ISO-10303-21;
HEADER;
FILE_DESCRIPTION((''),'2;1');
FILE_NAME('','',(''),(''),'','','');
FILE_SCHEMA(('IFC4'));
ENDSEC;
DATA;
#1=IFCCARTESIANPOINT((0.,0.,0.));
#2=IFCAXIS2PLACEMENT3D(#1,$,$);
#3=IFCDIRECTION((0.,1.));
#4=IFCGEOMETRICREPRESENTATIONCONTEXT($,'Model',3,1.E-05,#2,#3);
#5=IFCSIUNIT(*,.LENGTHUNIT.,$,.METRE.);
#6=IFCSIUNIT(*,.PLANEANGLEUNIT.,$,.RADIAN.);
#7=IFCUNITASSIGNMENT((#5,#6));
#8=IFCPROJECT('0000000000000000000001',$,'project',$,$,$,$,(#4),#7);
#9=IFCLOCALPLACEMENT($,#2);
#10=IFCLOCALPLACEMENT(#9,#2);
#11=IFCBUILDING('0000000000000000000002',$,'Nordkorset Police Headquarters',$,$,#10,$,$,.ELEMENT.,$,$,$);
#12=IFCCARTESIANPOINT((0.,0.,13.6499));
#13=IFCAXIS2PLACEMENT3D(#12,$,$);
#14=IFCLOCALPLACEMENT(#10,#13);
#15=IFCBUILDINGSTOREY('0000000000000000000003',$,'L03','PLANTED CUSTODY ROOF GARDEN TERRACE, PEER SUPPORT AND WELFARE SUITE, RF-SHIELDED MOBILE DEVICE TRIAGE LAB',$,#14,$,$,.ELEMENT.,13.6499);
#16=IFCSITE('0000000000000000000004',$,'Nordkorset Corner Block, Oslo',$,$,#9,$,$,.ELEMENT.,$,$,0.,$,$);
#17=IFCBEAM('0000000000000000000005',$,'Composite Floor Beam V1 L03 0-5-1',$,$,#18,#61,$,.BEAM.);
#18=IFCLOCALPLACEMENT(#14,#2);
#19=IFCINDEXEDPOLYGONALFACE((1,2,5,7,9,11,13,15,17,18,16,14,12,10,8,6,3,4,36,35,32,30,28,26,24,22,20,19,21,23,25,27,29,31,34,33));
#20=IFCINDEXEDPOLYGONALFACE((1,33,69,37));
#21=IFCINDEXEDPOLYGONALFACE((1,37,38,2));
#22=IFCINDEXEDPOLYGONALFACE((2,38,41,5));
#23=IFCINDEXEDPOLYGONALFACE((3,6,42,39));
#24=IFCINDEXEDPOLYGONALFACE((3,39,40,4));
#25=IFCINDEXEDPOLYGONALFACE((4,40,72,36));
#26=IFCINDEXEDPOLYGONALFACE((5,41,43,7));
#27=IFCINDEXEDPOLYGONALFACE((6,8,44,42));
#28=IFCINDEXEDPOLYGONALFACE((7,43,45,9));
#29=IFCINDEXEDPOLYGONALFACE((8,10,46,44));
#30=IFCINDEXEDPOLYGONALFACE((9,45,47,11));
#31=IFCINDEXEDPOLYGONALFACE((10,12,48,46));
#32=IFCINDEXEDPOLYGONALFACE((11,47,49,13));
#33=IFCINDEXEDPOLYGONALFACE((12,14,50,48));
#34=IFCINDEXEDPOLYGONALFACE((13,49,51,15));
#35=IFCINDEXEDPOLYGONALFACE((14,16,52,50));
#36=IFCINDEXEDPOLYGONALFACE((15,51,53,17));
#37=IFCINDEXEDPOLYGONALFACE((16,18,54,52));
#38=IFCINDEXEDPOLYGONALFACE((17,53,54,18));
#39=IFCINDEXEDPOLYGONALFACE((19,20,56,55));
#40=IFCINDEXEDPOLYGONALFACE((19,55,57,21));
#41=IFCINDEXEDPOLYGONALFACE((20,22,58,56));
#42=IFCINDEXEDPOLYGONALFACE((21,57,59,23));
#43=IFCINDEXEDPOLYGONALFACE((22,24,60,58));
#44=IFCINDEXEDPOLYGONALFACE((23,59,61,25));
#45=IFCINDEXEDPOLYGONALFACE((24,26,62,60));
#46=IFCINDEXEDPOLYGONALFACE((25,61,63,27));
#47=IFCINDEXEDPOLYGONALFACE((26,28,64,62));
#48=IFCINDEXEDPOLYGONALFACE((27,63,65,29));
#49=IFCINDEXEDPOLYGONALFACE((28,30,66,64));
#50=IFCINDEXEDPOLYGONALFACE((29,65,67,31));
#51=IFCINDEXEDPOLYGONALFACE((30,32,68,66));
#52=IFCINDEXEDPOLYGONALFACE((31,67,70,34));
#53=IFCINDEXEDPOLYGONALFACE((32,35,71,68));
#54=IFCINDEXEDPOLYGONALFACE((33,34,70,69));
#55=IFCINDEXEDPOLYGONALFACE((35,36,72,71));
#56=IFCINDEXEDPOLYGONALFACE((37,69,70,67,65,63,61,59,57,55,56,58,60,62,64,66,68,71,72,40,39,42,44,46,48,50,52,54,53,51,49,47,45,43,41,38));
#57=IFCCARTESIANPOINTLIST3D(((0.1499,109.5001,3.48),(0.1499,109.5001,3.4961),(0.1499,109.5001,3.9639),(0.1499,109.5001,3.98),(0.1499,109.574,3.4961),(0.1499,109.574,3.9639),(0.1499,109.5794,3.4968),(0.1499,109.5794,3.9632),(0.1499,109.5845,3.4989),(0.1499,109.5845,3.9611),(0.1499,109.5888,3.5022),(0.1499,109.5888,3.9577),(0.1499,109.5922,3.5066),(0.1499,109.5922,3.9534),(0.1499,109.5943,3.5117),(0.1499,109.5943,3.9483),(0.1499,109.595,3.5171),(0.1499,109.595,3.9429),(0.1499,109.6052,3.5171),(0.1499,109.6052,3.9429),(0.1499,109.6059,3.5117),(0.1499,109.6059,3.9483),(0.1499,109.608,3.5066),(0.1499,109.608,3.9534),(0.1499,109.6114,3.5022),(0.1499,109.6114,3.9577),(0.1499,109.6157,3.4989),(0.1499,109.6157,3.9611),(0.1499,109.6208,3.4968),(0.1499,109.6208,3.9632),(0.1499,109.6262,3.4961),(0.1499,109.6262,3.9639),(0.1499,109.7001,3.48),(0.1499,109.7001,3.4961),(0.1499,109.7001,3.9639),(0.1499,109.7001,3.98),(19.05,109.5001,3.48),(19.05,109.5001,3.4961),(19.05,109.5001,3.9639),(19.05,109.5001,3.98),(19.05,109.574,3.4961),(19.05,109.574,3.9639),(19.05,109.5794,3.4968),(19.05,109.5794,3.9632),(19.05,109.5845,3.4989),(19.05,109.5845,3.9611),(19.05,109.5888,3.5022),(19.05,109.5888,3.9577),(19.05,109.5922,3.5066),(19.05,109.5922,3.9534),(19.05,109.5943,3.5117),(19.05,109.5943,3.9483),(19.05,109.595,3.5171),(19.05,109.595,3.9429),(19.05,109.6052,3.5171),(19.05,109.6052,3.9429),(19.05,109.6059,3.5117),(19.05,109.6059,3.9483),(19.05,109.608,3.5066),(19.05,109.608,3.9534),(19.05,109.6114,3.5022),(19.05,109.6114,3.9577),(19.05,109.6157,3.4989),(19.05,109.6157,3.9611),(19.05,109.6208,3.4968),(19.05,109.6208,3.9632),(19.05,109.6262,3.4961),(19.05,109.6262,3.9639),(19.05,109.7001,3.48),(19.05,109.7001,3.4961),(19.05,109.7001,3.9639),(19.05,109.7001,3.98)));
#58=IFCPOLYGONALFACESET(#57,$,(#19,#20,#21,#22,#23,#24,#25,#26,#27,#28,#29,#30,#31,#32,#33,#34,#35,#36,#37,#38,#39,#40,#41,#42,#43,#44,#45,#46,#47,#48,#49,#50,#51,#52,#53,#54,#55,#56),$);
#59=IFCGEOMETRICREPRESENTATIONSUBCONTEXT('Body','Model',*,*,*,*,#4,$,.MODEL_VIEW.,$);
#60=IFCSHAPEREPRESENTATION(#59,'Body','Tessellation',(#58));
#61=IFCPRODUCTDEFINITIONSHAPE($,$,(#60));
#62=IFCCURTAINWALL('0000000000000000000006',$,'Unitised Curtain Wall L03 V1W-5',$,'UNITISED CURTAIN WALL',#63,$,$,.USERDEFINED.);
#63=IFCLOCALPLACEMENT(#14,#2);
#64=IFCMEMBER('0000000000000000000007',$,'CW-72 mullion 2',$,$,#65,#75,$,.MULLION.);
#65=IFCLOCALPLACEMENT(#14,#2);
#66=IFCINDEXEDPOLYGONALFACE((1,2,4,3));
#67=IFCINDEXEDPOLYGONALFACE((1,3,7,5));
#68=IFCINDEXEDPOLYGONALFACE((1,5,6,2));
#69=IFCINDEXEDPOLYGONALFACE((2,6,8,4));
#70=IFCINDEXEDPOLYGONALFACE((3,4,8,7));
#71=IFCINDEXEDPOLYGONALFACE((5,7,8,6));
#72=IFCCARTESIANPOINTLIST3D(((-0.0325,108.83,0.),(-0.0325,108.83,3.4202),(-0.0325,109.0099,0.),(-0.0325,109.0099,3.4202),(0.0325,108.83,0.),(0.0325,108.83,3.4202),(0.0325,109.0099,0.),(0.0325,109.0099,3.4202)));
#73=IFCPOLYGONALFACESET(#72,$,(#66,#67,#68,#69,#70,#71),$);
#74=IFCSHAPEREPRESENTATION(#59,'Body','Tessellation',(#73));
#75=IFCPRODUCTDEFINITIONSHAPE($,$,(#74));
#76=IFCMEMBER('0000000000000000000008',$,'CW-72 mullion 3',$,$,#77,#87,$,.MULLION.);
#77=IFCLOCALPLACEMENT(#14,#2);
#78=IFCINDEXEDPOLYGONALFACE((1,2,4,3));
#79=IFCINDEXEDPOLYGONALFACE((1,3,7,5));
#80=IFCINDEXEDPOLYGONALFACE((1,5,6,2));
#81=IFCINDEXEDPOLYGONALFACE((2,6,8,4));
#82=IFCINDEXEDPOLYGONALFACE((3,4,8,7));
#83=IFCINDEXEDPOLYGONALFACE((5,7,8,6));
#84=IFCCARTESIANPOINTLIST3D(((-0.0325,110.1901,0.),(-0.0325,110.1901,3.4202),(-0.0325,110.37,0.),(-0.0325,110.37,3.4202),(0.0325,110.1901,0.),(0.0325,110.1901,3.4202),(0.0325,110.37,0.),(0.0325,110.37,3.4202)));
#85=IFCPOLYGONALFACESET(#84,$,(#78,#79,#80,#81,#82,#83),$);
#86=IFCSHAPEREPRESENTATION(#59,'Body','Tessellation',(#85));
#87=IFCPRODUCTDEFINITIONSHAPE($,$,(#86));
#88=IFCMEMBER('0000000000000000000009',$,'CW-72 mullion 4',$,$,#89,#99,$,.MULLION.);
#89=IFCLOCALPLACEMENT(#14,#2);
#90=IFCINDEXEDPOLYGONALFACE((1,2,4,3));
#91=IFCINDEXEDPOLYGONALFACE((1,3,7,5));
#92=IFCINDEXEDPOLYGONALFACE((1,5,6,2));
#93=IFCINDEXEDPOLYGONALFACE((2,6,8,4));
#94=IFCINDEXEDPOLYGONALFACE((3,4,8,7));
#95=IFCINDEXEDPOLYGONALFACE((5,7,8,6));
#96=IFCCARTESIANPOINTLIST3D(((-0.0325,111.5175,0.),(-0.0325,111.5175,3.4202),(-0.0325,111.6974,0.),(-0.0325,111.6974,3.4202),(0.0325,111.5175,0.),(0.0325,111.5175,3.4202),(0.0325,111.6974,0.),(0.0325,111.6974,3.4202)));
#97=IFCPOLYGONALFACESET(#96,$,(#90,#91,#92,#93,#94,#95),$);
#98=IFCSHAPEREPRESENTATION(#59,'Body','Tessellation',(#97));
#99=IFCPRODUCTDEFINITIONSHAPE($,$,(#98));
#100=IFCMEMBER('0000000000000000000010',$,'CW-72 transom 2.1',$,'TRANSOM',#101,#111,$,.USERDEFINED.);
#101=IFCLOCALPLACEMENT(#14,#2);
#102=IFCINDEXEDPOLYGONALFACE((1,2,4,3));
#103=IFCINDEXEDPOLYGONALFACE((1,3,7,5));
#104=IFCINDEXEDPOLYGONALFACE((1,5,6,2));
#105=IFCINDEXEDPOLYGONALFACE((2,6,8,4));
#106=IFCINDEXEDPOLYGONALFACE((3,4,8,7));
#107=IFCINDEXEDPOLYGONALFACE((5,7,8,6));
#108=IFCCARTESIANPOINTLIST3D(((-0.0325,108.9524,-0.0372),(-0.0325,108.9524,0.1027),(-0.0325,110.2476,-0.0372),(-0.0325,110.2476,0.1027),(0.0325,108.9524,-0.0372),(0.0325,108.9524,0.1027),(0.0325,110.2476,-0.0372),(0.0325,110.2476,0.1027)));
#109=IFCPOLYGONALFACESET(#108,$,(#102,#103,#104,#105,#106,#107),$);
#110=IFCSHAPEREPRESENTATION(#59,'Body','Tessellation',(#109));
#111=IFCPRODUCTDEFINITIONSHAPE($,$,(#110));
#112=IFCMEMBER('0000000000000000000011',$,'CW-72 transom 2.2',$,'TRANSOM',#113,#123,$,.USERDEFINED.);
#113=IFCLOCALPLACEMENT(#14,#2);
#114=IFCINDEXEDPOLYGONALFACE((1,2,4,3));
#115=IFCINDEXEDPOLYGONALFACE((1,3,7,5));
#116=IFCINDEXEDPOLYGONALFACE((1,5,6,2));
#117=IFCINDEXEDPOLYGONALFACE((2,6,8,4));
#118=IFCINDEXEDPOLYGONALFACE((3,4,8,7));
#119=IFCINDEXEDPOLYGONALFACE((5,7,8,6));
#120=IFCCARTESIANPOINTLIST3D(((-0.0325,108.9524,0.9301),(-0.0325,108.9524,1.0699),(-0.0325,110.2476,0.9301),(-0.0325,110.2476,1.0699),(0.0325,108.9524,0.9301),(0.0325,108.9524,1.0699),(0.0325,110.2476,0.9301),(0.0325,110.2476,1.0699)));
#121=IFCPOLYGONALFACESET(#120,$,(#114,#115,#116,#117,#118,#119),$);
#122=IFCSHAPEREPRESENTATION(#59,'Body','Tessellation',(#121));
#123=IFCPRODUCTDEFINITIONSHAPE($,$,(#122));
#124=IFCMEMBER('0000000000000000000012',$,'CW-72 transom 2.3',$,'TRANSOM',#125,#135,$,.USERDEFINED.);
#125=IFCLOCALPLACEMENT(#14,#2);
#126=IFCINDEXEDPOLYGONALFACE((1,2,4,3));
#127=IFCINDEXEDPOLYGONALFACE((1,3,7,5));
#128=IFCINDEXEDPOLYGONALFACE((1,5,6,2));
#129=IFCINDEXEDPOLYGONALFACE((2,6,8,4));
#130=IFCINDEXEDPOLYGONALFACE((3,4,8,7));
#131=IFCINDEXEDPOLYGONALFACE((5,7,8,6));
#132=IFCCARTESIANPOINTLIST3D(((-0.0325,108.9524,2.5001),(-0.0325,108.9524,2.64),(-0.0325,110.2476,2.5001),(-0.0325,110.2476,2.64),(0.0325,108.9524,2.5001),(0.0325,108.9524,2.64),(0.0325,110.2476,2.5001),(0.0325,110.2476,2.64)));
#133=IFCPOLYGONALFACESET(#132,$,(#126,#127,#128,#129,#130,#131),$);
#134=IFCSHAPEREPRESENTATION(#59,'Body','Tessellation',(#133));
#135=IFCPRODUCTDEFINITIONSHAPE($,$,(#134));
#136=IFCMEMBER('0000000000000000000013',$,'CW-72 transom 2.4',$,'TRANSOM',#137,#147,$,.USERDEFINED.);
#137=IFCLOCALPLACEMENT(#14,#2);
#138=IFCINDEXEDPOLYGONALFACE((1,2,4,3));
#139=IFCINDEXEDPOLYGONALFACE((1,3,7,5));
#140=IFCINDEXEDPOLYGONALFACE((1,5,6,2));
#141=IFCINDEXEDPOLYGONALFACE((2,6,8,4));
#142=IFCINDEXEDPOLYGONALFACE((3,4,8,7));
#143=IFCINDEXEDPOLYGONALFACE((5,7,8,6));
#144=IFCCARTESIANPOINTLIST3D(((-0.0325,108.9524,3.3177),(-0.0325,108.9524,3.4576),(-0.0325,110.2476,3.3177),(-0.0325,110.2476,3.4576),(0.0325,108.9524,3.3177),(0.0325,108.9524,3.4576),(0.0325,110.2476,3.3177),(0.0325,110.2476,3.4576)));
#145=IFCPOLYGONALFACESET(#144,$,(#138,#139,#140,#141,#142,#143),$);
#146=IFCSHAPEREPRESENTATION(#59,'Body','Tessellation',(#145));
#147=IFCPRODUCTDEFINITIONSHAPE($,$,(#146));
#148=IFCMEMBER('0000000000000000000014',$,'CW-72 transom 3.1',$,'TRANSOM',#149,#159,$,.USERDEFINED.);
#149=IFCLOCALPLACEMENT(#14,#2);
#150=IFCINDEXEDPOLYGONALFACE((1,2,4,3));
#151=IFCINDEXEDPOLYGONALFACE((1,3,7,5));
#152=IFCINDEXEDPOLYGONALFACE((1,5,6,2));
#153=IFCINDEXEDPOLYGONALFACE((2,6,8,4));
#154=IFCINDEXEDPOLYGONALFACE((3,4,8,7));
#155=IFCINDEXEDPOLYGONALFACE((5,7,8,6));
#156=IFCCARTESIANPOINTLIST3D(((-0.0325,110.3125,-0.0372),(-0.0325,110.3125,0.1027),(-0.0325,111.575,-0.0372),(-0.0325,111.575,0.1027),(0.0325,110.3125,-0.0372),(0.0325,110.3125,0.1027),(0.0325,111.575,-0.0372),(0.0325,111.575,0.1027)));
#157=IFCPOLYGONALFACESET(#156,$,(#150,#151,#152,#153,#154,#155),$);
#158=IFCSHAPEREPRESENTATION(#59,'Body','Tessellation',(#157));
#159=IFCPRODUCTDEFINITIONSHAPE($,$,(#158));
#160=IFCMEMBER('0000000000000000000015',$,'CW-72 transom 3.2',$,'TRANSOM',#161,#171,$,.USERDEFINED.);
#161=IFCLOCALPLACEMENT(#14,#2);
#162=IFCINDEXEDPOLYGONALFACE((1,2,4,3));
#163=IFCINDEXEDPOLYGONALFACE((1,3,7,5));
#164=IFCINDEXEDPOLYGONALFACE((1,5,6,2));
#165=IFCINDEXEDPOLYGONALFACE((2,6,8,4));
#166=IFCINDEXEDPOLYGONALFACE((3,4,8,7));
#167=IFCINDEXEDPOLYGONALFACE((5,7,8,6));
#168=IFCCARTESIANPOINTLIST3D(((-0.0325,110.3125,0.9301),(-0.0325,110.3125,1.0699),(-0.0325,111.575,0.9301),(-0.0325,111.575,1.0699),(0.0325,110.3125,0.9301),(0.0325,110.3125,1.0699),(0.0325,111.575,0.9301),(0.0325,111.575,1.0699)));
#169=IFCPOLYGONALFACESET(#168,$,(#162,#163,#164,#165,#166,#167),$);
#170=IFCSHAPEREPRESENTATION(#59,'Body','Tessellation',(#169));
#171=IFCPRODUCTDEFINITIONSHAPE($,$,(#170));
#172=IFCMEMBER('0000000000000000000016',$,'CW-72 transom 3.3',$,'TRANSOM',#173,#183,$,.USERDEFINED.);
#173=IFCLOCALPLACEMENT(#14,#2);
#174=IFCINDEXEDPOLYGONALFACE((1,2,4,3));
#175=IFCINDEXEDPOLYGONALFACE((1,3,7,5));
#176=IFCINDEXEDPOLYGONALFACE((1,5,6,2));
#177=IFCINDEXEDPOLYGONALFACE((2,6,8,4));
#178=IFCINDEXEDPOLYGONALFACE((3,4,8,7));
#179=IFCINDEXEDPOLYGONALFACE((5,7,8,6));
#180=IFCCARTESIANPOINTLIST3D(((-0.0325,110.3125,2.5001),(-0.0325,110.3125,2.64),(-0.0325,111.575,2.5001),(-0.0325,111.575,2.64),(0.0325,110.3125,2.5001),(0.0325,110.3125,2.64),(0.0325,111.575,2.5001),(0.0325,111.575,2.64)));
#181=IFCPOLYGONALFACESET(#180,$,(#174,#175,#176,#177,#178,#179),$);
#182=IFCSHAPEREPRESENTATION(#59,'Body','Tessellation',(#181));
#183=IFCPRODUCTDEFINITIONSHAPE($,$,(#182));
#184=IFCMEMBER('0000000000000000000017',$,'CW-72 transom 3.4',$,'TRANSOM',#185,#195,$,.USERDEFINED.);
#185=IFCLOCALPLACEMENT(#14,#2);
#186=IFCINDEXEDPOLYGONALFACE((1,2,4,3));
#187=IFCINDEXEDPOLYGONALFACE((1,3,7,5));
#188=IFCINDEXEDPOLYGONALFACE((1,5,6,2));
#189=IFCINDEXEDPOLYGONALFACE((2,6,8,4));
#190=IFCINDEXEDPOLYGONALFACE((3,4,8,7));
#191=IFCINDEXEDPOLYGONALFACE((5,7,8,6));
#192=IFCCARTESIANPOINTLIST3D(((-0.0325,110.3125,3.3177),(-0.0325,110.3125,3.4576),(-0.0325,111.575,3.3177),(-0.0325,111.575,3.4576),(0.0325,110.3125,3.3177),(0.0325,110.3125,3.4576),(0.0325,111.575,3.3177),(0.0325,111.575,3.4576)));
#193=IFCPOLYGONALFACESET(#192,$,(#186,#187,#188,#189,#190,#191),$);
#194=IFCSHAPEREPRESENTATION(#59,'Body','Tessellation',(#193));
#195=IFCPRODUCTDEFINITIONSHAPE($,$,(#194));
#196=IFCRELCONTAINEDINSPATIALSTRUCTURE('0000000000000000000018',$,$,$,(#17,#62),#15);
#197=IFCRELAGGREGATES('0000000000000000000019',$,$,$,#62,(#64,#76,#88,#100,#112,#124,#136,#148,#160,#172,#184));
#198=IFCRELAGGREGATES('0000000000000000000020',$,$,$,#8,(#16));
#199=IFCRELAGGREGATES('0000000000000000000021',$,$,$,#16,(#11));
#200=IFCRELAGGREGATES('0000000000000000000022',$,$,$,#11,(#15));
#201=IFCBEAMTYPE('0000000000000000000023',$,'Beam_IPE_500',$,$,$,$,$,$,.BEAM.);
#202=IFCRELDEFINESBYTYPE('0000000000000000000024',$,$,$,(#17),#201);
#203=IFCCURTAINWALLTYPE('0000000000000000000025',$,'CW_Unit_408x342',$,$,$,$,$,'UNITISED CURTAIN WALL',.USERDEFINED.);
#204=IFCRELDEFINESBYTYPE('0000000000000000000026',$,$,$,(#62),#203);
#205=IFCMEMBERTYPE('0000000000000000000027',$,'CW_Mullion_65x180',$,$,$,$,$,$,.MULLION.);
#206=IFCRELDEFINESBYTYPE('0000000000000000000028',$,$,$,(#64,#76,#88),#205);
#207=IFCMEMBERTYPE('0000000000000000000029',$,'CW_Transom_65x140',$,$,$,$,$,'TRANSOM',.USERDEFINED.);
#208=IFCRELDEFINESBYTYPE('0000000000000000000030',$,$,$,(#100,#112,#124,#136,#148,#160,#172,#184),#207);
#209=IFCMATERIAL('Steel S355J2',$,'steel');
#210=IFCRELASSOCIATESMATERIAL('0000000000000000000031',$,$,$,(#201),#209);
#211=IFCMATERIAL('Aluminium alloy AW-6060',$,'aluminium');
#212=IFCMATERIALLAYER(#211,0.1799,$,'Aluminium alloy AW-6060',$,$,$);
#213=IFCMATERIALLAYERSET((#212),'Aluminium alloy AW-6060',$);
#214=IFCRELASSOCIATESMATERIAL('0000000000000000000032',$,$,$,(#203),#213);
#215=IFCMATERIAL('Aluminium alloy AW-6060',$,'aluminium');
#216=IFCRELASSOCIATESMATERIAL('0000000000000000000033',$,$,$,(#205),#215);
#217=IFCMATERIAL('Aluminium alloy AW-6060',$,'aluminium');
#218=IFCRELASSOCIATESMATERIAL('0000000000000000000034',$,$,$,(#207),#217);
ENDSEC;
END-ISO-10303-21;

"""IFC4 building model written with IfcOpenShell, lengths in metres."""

from ifc_helpers import new_model, si_unit, direction, frame, origin, origin_2d, place, context, subcontext, project, spatial, rectangle, i_section, extrude, material, layer, layer_set, material_profile, profile_set, type_object, element, aggregate, save


model = new_model("IFC4")

# Units and contexts
model_context = context("Model", 3, precision=1e-05, world=origin(), true_north=direction((0.0, 1.0)))
body_context = subcontext(model_context, "Body", "Model", "MODEL_VIEW")
ifc_project = project(units=[si_unit("LENGTHUNIT", "METRE"), si_unit("PLANEANGLEUNIT", "RADIAN")], contexts=[model_context])

# Site, building, storey
site_placement = place(None, origin())
site = spatial("IfcSite", under=ifc_project, at=site_placement, Name="Nordkorset Corner Block, Oslo", CompositionType="ELEMENT", RefElevation=0.0)
building_placement = place(site_placement, origin())
building = spatial("IfcBuilding", under=site, at=building_placement, Name="Nordkorset Police Headquarters", CompositionType="ELEMENT")
storey_placement = place(building_placement, frame((0.0, 0.0, 13.6499)))
storey = spatial("IfcBuildingStorey", under=building, at=storey_placement, Name="L03", Description="PLANTED CUSTODY ROOF GARDEN TERRACE, PEER SUPPORT AND WELFARE SUITE, RF-SHIELDED MOBILE DEVICE TRIAGE LAB", CompositionType="ELEMENT", Elevation=13.6499)

# Beam
ifc_material_1 = material(Name="Steel S355J2", Category="steel")
ifc_material_profile_1 = material_profile(ifc_material_1, i_section(OverallWidth=0.2, OverallDepth=0.5, WebThickness=0.0103, FlangeThickness=0.0161, FilletRadius=0.021, at=origin_2d()), Name="IPE 500")
ifc_profile_set_1 = profile_set([ifc_material_profile_1], Name="Steel S355J2")
beam_type = type_object("IfcBeamType", Name="Beam_IPE_500", PredefinedType="BEAM", material=ifc_profile_set_1)
beam_placement = place(storey_placement, frame((0.1499, 109.6001, 3.73), z_axis=(1.0, 0.0, 0.0), x_axis=(0.0, 1.0, 0.0)))
element("IfcBeam", 1, at=beam_placement, inside=storey, type_object=beam_type, Name="Composite Floor Beam V1 L03 0-5-1", PredefinedType="BEAM", context=body_context, shape_type="SweptSolid", body=[
    extrude(i_section(OverallWidth=0.2, OverallDepth=0.5, WebThickness=0.0103, FlangeThickness=0.0161, FilletRadius=0.021, at=origin_2d()), origin(), (0.0, 0.0, 1.0), 18.9001),
])

# Curtain wall, members
ifc_material_2 = material(Name="Aluminium alloy AW-6060", Category="aluminium")
ifc_layer_1 = layer(ifc_material_2, 0.1799, Name="Aluminium alloy AW-6060")
ifc_layer_set_1 = layer_set([ifc_layer_1], Name="Aluminium alloy AW-6060")
curtain_wall_type = type_object("IfcCurtainWallType", Name="CW_Unit_408x342", ElementType="UNITISED CURTAIN WALL", PredefinedType="USERDEFINED", material=ifc_layer_set_1)
curtain_wall_placement = place(storey_placement, origin())
curtain_wall = element("IfcCurtainWall", 2, at=curtain_wall_placement, inside=storey, type_object=curtain_wall_type, Name="Unitised Curtain Wall L03 V1W-5", ObjectType="UNITISED CURTAIN WALL", PredefinedType="USERDEFINED")
ifc_material_3 = material(Name="Aluminium alloy AW-6060", Category="aluminium")
ifc_material_profile_2 = material_profile(ifc_material_3, rectangle(XDim=0.0649, YDim=0.1799, at=origin_2d()), Name="ALU MULL 65x180")
ifc_profile_set_2 = profile_set([ifc_material_profile_2], Name="Aluminium alloy AW-6060")
member_type_1 = type_object("IfcMemberType", Name="CW_Mullion_65x180", PredefinedType="MULLION", material=ifc_profile_set_2)
member_1_placement = place(storey_placement, frame((0.0, 108.9199, 0.0), z_axis=(0.0, 0.0, 1.0), x_axis=(-1.0, 0.0, 0.0)))
member_1 = element("IfcMember", 3, at=member_1_placement, type_object=member_type_1, Name="CW-72 mullion 2", PredefinedType="MULLION", context=body_context, shape_type="SweptSolid", body=[
    extrude(rectangle(XDim=0.0649, YDim=0.1799, at=origin_2d()), origin(), (0.0, 0.0, 1.0), 3.4202),
])
member_2_placement = place(storey_placement, frame((0.0, 110.28, 0.0), z_axis=(0.0, 0.0, 1.0), x_axis=(-1.0, 0.0, 0.0)))
member_2 = element("IfcMember", 4, at=member_2_placement, type_object=member_type_1, Name="CW-72 mullion 3", PredefinedType="MULLION", context=body_context, shape_type="SweptSolid", body=[
    extrude(rectangle(XDim=0.0649, YDim=0.1799, at=origin_2d()), origin(), (0.0, 0.0, 1.0), 3.4202),
])
member_3_placement = place(storey_placement, frame((0.0, 111.6074, 0.0), z_axis=(0.0, 0.0, 1.0), x_axis=(-1.0, 0.0, 0.0)))
member_3 = element("IfcMember", 5, at=member_3_placement, type_object=member_type_1, Name="CW-72 mullion 4", PredefinedType="MULLION", context=body_context, shape_type="SweptSolid", body=[
    extrude(rectangle(XDim=0.0649, YDim=0.1799, at=origin_2d()), origin(), (0.0, 0.0, 1.0), 3.4202),
])
ifc_material_4 = material(Name="Aluminium alloy AW-6060", Category="aluminium")
ifc_material_profile_3 = material_profile(ifc_material_4, rectangle(XDim=0.0649, YDim=0.1399, at=origin_2d()), Name="ALU TRAN 65x140")
ifc_profile_set_3 = profile_set([ifc_material_profile_3], Name="Aluminium alloy AW-6060")
member_type_2 = type_object("IfcMemberType", Name="CW_Transom_65x140", ElementType="TRANSOM", PredefinedType="USERDEFINED", material=ifc_profile_set_3)
member_4_placement = place(storey_placement, frame((0.0, 108.9524, 0.0327), z_axis=(0.0, 1.0, 0.0), x_axis=(-1.0, 0.0, 0.0)))
member_4 = element("IfcMember", 6, at=member_4_placement, type_object=member_type_2, Name="CW-72 transom 2.1", ObjectType="TRANSOM", PredefinedType="USERDEFINED", context=body_context, shape_type="SweptSolid", body=[
    extrude(rectangle(XDim=0.0649, YDim=0.1399, at=origin_2d()), origin(), (0.0, 0.0, 1.0), 1.2952),
])
member_5_placement = place(storey_placement, frame((0.0, 108.9524, 1.0), z_axis=(0.0, 1.0, 0.0), x_axis=(-1.0, 0.0, 0.0)))
member_5 = element("IfcMember", 7, at=member_5_placement, type_object=member_type_2, Name="CW-72 transom 2.2", ObjectType="TRANSOM", PredefinedType="USERDEFINED", context=body_context, shape_type="SweptSolid", body=[
    extrude(rectangle(XDim=0.0649, YDim=0.1399, at=origin_2d()), origin(), (0.0, 0.0, 1.0), 1.2952),
])
member_6_placement = place(storey_placement, frame((0.0, 108.9524, 2.5701), z_axis=(0.0, 1.0, 0.0), x_axis=(-1.0, 0.0, 0.0)))
member_6 = element("IfcMember", 8, at=member_6_placement, type_object=member_type_2, Name="CW-72 transom 2.3", ObjectType="TRANSOM", PredefinedType="USERDEFINED", context=body_context, shape_type="SweptSolid", body=[
    extrude(rectangle(XDim=0.0649, YDim=0.1399, at=origin_2d()), origin(), (0.0, 0.0, 1.0), 1.2952),
])
member_7_placement = place(storey_placement, frame((0.0, 108.9524, 3.3877), z_axis=(0.0, 1.0, 0.0), x_axis=(-1.0, 0.0, 0.0)))
member_7 = element("IfcMember", 9, at=member_7_placement, type_object=member_type_2, Name="CW-72 transom 2.4", ObjectType="TRANSOM", PredefinedType="USERDEFINED", context=body_context, shape_type="SweptSolid", body=[
    extrude(rectangle(XDim=0.0649, YDim=0.1399, at=origin_2d()), origin(), (0.0, 0.0, 1.0), 1.2952),
])
member_8_placement = place(storey_placement, frame((0.0, 110.3125, 0.0327), z_axis=(0.0, 1.0, 0.0), x_axis=(-1.0, 0.0, 0.0)))
member_8 = element("IfcMember", 10, at=member_8_placement, type_object=member_type_2, Name="CW-72 transom 3.1", ObjectType="TRANSOM", PredefinedType="USERDEFINED", context=body_context, shape_type="SweptSolid", body=[
    extrude(rectangle(XDim=0.0649, YDim=0.1399, at=origin_2d()), origin(), (0.0, 0.0, 1.0), 1.2625),
])
member_9_placement = place(storey_placement, frame((0.0, 110.3125, 1.0), z_axis=(0.0, 1.0, 0.0), x_axis=(-1.0, 0.0, 0.0)))
member_9 = element("IfcMember", 11, at=member_9_placement, type_object=member_type_2, Name="CW-72 transom 3.2", ObjectType="TRANSOM", PredefinedType="USERDEFINED", context=body_context, shape_type="SweptSolid", body=[
    extrude(rectangle(XDim=0.0649, YDim=0.1399, at=origin_2d()), origin(), (0.0, 0.0, 1.0), 1.2625),
])
member_10_placement = place(storey_placement, frame((0.0, 110.3125, 2.5701), z_axis=(0.0, 1.0, 0.0), x_axis=(-1.0, 0.0, 0.0)))
member_10 = element("IfcMember", 12, at=member_10_placement, type_object=member_type_2, Name="CW-72 transom 3.3", ObjectType="TRANSOM", PredefinedType="USERDEFINED", context=body_context, shape_type="SweptSolid", body=[
    extrude(rectangle(XDim=0.0649, YDim=0.1399, at=origin_2d()), origin(), (0.0, 0.0, 1.0), 1.2625),
])
member_11_placement = place(storey_placement, frame((0.0, 110.3125, 3.3877), z_axis=(0.0, 1.0, 0.0), x_axis=(-1.0, 0.0, 0.0)))
member_11 = element("IfcMember", 13, at=member_11_placement, type_object=member_type_2, Name="CW-72 transom 3.4", ObjectType="TRANSOM", PredefinedType="USERDEFINED", context=body_context, shape_type="SweptSolid", body=[
    extrude(rectangle(XDim=0.0649, YDim=0.1399, at=origin_2d()), origin(), (0.0, 0.0, 1.0), 1.2625),
])
aggregate(curtain_wall, [member_1, member_2, member_3, member_4, member_5, member_6, member_7, member_8, member_9, member_10, member_11])

save(model, "model.ifc")
